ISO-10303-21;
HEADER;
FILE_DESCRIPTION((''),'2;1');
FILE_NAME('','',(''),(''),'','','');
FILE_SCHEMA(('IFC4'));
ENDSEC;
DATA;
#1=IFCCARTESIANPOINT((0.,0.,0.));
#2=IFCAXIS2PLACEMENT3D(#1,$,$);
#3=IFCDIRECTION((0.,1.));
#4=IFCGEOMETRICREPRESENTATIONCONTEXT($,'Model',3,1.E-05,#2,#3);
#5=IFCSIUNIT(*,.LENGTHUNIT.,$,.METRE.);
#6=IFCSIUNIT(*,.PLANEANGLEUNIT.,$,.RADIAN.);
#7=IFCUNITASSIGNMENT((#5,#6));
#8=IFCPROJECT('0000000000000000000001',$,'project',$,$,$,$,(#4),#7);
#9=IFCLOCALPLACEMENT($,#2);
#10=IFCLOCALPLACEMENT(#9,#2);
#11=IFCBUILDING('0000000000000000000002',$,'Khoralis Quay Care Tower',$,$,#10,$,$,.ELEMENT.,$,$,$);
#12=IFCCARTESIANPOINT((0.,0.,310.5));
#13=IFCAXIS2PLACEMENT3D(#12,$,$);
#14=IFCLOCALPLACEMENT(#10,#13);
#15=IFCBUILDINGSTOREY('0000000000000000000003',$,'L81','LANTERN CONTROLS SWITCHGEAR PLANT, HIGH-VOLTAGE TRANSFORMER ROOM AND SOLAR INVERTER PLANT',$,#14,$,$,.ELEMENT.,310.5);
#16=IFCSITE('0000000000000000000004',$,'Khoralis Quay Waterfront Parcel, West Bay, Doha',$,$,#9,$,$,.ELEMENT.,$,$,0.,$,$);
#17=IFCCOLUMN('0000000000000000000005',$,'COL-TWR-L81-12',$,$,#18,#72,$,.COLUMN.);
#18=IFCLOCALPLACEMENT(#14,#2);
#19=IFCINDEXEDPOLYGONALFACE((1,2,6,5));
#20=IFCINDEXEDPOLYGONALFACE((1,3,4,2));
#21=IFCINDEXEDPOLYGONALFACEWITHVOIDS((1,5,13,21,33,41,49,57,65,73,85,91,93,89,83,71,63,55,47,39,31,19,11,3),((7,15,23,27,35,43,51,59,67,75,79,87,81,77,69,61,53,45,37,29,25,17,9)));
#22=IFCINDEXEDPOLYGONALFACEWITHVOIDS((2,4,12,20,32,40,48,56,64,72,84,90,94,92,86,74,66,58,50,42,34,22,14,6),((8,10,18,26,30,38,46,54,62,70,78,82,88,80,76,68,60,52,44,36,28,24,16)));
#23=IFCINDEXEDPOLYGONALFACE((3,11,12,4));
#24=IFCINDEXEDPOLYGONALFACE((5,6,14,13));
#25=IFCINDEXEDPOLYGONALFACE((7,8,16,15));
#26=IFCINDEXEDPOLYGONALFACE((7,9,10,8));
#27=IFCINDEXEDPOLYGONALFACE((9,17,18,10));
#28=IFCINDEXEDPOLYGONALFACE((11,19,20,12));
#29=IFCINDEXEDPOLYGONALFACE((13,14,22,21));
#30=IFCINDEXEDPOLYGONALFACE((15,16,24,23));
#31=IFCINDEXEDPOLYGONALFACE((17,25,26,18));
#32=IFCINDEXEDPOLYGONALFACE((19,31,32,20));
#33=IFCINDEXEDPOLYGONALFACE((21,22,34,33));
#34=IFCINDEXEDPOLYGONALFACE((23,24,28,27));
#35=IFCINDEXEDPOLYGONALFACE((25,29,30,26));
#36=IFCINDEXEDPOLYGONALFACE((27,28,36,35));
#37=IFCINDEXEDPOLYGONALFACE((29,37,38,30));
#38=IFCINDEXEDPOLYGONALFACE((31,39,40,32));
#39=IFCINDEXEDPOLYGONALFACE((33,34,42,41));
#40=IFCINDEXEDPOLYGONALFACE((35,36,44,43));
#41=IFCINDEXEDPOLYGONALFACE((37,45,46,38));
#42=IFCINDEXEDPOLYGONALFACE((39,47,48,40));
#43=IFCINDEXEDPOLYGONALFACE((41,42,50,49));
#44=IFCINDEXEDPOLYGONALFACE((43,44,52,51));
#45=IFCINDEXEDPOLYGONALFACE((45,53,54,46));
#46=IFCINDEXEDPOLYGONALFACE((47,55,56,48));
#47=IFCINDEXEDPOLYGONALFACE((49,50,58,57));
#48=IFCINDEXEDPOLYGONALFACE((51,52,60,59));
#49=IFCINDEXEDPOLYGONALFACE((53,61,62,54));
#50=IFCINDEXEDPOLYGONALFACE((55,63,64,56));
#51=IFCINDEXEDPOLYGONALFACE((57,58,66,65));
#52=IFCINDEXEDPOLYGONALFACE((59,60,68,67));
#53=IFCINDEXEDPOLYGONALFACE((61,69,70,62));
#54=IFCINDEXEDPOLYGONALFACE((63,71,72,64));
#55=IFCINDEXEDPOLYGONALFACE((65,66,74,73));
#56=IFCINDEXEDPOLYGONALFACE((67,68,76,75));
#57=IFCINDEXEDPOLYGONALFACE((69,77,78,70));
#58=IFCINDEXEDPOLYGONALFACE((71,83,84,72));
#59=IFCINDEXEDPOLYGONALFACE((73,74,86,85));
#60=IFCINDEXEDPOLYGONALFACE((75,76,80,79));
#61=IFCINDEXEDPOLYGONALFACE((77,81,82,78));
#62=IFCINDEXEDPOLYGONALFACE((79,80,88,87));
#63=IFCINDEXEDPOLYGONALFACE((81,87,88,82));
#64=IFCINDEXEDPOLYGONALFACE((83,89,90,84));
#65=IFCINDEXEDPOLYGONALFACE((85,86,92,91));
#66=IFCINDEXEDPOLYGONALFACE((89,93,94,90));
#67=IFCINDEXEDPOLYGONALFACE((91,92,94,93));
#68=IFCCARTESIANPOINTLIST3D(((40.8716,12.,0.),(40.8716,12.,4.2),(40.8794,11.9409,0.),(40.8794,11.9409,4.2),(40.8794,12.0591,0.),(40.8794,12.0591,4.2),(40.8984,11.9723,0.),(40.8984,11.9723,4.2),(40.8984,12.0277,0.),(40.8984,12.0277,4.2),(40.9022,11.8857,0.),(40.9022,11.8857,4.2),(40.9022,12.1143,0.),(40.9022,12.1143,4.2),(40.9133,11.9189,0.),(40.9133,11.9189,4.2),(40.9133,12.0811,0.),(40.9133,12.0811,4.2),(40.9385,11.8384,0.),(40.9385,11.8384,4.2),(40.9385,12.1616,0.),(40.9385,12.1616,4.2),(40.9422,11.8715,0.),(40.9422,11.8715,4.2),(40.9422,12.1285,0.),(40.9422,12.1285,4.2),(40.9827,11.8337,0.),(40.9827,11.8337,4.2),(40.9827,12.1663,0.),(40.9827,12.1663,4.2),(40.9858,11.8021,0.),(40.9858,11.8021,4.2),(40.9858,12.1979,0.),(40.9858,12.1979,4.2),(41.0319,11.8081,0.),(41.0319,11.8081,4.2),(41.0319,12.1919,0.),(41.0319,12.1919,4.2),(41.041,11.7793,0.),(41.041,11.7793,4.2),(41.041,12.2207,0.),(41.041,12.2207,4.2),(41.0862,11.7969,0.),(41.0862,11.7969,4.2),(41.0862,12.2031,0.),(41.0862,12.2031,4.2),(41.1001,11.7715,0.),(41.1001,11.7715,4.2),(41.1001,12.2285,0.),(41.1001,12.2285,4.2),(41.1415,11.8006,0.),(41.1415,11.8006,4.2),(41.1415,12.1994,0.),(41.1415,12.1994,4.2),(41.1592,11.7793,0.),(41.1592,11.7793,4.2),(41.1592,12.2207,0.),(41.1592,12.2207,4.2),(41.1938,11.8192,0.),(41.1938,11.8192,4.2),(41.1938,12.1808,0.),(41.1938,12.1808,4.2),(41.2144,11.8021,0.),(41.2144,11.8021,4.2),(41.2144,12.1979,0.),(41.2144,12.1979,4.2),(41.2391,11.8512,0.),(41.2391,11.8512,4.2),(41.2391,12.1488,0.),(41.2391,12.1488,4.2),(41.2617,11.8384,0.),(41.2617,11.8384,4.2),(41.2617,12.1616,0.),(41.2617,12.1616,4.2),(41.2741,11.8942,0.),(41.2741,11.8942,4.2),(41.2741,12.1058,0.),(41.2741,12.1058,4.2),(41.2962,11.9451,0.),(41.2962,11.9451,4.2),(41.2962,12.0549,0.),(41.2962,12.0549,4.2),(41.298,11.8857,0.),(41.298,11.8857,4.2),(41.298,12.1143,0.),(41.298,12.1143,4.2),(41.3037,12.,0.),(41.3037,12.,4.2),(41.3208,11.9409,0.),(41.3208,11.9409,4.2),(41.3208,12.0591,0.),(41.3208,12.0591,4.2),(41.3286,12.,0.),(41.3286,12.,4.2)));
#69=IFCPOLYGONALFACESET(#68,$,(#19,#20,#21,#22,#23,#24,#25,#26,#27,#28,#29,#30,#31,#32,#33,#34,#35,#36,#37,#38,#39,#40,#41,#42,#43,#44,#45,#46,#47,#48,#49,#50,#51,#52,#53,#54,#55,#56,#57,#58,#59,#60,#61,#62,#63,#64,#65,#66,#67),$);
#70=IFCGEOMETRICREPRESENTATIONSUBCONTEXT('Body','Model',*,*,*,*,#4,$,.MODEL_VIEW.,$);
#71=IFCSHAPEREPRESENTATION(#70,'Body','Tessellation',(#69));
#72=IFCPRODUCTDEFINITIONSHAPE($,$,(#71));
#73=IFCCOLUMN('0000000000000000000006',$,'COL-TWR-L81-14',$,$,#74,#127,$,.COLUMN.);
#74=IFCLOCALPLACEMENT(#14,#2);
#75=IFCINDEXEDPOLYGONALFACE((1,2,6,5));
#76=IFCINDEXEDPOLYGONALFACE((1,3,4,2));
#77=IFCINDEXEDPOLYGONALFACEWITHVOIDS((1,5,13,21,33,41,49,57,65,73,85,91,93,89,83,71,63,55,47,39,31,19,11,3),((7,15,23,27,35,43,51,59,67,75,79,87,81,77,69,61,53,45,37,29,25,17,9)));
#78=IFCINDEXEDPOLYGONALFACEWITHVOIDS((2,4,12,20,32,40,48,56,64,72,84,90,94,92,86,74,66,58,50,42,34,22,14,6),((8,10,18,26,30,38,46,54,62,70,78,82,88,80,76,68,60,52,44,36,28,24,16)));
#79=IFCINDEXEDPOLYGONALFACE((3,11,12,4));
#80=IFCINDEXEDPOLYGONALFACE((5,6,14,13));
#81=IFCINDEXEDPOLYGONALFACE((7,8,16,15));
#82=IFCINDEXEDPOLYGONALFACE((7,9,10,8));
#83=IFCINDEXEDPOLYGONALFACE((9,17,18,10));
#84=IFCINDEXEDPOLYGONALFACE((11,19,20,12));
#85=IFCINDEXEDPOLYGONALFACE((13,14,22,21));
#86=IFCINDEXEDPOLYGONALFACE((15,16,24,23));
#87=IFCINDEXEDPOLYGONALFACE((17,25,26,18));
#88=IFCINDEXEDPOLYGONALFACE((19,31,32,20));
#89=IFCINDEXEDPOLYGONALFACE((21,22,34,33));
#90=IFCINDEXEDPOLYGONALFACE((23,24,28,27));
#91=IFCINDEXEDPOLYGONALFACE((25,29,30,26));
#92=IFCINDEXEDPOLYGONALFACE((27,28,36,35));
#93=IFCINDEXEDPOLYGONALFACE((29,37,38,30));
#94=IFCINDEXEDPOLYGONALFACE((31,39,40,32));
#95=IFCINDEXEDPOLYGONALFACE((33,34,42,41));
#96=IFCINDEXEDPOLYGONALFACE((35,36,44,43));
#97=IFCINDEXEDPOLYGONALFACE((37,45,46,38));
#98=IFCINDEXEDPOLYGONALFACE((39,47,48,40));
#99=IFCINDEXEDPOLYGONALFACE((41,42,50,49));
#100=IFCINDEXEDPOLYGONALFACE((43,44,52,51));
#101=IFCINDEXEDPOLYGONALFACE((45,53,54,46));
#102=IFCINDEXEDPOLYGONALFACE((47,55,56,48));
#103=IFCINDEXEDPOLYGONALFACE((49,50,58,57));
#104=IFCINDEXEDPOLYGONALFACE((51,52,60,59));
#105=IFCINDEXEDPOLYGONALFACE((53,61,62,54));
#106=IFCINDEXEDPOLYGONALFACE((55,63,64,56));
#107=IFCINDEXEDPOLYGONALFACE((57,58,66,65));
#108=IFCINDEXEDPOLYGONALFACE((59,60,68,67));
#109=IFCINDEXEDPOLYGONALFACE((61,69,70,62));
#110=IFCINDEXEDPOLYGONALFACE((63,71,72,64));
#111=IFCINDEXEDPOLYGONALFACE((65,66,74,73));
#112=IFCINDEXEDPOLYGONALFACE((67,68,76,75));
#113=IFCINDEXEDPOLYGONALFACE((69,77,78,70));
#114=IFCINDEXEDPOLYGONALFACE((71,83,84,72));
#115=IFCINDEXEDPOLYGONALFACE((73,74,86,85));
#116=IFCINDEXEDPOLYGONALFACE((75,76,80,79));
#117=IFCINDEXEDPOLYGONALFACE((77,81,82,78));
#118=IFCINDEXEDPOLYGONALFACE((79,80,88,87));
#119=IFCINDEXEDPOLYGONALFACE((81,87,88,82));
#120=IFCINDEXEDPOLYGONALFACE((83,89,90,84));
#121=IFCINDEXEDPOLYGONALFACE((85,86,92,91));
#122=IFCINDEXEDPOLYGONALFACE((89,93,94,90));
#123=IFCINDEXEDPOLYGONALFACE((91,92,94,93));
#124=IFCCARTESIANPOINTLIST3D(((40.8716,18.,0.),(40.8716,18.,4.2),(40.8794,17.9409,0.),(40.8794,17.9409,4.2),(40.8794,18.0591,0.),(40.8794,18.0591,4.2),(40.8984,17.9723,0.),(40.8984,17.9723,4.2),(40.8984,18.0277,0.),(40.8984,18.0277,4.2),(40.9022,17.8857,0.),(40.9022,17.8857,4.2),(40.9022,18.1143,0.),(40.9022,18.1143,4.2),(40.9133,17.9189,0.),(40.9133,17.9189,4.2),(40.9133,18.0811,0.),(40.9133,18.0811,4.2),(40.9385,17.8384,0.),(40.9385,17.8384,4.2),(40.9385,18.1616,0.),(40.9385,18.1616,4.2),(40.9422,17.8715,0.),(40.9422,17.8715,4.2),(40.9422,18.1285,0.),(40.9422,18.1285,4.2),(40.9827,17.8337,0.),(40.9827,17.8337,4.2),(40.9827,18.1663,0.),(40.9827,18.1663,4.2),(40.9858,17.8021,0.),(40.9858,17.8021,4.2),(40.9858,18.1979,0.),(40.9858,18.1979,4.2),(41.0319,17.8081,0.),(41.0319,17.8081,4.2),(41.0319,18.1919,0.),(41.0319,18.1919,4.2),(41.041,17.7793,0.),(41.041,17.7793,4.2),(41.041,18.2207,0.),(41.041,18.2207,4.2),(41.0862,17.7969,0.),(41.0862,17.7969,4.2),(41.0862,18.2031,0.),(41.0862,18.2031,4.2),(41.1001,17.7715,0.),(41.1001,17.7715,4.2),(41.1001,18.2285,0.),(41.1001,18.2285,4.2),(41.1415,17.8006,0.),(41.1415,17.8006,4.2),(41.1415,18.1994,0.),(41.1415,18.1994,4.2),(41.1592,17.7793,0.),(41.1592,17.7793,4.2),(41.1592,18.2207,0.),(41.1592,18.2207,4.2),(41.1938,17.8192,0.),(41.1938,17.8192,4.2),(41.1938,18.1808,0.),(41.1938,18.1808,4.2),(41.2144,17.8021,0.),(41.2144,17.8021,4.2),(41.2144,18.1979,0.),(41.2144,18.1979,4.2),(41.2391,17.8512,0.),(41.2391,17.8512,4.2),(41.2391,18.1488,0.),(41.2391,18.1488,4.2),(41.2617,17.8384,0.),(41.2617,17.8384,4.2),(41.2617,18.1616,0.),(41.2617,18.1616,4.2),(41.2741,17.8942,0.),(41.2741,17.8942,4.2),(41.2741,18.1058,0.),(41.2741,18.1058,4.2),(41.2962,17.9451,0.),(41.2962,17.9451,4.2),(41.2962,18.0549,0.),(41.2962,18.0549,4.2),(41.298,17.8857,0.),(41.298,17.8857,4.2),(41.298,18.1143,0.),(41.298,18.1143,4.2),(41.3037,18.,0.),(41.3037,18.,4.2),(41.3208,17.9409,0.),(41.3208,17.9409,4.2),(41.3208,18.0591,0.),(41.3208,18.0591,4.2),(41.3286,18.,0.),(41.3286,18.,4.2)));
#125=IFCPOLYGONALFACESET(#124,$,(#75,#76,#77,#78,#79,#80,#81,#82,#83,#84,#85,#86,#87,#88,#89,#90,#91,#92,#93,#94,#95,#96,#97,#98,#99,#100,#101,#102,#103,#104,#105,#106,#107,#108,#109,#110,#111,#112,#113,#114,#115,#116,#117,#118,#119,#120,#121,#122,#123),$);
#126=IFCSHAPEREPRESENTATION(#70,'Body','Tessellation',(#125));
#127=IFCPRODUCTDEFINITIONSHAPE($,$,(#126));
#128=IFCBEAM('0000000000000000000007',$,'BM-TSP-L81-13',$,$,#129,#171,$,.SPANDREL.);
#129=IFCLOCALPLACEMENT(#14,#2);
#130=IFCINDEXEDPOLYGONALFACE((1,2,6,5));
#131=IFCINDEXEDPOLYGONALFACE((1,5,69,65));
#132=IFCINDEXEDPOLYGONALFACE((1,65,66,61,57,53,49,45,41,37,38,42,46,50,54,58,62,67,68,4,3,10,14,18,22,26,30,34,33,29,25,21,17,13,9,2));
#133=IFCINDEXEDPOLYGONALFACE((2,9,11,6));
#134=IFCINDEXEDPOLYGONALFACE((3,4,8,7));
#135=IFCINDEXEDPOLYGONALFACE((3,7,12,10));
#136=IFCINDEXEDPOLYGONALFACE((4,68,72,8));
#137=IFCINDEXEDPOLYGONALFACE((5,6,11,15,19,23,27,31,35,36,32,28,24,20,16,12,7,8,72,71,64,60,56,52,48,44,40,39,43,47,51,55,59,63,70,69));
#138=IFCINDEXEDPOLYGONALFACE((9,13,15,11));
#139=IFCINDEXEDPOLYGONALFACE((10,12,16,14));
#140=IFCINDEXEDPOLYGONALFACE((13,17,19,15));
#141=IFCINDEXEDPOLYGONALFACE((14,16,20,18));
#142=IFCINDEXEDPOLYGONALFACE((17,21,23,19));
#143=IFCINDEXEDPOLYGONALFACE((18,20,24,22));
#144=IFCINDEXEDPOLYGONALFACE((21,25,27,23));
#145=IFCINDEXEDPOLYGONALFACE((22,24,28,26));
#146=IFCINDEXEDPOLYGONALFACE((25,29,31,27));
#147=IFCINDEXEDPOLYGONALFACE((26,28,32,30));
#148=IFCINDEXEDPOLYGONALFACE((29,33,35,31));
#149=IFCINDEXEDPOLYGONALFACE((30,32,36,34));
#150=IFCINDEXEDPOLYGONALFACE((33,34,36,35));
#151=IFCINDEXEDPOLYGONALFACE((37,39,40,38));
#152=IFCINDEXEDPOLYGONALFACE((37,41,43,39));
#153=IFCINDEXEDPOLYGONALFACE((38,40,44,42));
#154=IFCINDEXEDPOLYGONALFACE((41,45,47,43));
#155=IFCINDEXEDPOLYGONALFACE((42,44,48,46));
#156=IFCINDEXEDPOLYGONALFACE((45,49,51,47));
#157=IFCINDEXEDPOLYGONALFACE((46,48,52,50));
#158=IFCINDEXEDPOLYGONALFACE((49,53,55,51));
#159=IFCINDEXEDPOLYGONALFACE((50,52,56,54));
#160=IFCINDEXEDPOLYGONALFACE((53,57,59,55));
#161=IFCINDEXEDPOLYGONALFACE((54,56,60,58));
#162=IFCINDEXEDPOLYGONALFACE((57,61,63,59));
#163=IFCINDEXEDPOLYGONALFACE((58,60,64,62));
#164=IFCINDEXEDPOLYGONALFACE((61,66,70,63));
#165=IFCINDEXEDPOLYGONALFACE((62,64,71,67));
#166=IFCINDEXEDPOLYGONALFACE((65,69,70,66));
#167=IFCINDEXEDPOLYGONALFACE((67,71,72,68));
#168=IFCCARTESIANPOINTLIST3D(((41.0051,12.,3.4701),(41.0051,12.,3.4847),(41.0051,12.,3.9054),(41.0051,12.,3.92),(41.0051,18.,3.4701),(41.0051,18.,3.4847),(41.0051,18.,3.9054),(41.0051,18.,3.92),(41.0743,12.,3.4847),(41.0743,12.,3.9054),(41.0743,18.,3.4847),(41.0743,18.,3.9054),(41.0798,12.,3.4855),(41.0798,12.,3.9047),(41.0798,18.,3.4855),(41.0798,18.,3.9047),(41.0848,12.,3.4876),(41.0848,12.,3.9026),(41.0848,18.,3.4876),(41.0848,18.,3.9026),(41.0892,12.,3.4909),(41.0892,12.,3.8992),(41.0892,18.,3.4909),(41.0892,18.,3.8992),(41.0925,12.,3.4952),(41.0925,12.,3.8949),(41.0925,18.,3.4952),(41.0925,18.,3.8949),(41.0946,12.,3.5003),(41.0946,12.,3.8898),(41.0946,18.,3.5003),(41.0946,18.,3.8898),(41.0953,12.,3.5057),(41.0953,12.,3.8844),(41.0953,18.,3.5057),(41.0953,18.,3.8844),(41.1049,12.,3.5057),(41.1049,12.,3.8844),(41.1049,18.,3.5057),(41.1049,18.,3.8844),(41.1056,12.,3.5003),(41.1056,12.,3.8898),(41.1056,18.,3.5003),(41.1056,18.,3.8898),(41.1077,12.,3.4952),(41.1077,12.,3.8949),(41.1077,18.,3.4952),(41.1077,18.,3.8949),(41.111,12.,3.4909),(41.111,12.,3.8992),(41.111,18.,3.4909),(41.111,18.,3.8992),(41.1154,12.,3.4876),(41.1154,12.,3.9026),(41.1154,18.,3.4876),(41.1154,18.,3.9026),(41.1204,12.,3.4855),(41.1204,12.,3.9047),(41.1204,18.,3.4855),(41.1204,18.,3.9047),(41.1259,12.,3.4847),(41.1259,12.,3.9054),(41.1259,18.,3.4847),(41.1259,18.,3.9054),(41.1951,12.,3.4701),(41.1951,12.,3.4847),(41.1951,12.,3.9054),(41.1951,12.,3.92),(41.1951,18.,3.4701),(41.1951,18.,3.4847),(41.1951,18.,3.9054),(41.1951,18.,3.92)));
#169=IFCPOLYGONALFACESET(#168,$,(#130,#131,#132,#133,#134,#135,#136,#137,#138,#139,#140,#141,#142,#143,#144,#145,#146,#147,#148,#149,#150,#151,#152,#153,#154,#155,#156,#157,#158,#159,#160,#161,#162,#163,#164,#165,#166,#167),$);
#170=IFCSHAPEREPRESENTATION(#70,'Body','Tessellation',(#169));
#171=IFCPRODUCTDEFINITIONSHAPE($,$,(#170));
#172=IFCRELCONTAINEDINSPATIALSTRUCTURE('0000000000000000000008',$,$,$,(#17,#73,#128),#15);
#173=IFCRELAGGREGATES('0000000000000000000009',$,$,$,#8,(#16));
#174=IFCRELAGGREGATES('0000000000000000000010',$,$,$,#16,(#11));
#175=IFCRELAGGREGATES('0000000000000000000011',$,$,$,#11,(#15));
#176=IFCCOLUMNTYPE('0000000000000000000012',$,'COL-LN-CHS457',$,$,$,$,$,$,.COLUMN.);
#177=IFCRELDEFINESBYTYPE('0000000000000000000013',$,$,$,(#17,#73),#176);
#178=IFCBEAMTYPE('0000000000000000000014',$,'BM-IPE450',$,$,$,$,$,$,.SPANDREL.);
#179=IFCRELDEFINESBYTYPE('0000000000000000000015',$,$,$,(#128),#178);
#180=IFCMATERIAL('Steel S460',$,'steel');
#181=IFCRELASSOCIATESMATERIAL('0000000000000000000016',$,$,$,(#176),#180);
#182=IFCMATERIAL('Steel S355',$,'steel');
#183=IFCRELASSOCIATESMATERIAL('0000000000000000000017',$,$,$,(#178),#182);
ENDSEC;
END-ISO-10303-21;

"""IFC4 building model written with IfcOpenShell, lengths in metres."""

from ifc_helpers import new_model, si_unit, direction, frame, origin, origin_2d, place, context, subcontext, project, spatial, hollow_circle, i_section, extrude, source, transform, mapped, material, material_profile, profile_set, type_object, element, save


model = new_model("IFC4")

# Units and contexts
model_context = context("Model", 3, precision=1e-05, world=origin(), true_north=direction((0.0, 1.0)))
body_context = subcontext(model_context, "Body", "Model", "MODEL_VIEW")
ifc_project = project(units=[si_unit("LENGTHUNIT", "METRE"), si_unit("PLANEANGLEUNIT", "RADIAN")], contexts=[model_context])

# Site, building, storey
site_placement = place(None, origin())
site = spatial("IfcSite", under=ifc_project, at=site_placement, Name="Khoralis Quay Waterfront Parcel, West Bay, Doha", CompositionType="ELEMENT", RefElevation=0.0)
building_placement = place(site_placement, origin())
building = spatial("IfcBuilding", under=site, at=building_placement, Name="Khoralis Quay Care Tower", CompositionType="ELEMENT")
storey_placement = place(building_placement, frame((0.0, 0.0, 310.5)))
storey = spatial("IfcBuildingStorey", under=building, at=storey_placement, Name="L81", Description="LANTERN CONTROLS SWITCHGEAR PLANT, HIGH-VOLTAGE TRANSFORMER ROOM AND SOLAR INVERTER PLANT", CompositionType="ELEMENT", Elevation=310.5)

# Columns
ifc_material_1 = material(Name="Steel S460", Category="steel")
ifc_material_profile_1 = material_profile(ifc_material_1, hollow_circle(Radius=0.2285, WallThickness=0.0249, at=origin_2d()), Name="Steel S460")
ifc_profile_set_1 = profile_set([ifc_material_profile_1], Name="Steel S460")
column_type = type_object("IfcColumnType", Name="COL-LN-CHS457", PredefinedType="COLUMN", material=ifc_profile_set_1)
shared_shape_1 = source(origin(), body_context, "Body", "SweptSolid", [
    extrude(hollow_circle(Radius=0.2285, WallThickness=0.0249, at=origin_2d()), origin(), (0.0, 0.0, 1.0), 4.2),
])
for number, where, z_axis, x_axis, name in (
    (1, (41.1001, 12.0, 0.0), (0.0, 0.0, 1.0), (1.0, 0.0, 0.0), "COL-TWR-L81-12"),
    (2, (41.1001, 18.0, 0.0), (0.0, 0.0, 1.0), (1.0, 0.0, 0.0), "COL-TWR-L81-14"),
):
    element("IfcColumn", number, at=place(storey_placement, frame(where, z_axis=z_axis, x_axis=x_axis)), inside=storey, type_object=column_type, Name=name, PredefinedType="COLUMN", context=body_context, shape_type="MappedRepresentation", body=[
        mapped(shared_shape_1, transform((0.0, 0.0, 0.0), scale=1.0)),
    ])

# Beam
ifc_material_2 = material(Name="Steel S355", Category="steel")
ifc_material_profile_2 = material_profile(ifc_material_2, i_section(OverallWidth=0.1899, OverallDepth=0.45, WebThickness=0.0095, FlangeThickness=0.0146, FilletRadius=0.021, at=origin_2d()), Name="Steel S355")
ifc_profile_set_2 = profile_set([ifc_material_profile_2], Name="Steel S355")
beam_type = type_object("IfcBeamType", Name="BM-IPE450", PredefinedType="SPANDREL", material=ifc_profile_set_2)
shared_shape_2 = source(origin(), body_context, "Body", "SweptSolid", [
    extrude(i_section(OverallWidth=0.1899, OverallDepth=0.45, WebThickness=0.0095, FlangeThickness=0.0146, FilletRadius=0.021, at=origin_2d()), origin(), (0.0, 0.0, 1.0), 6.0),
])
for number, where, z_axis, x_axis, name in (
    (3, (41.1001, 12.0, 3.6951), (0.0, 1.0, 0.0), (-1.0, 0.0, 0.0), "BM-TSP-L81-13"),
):
    element("IfcBeam", number, at=place(storey_placement, frame(where, z_axis=z_axis, x_axis=x_axis)), inside=storey, type_object=beam_type, Name=name, PredefinedType="SPANDREL", context=body_context, shape_type="MappedRepresentation", body=[
        mapped(shared_shape_2, transform((0.0, 0.0, 0.0), scale=1.0)),
    ])

save(model, "model.ifc")
